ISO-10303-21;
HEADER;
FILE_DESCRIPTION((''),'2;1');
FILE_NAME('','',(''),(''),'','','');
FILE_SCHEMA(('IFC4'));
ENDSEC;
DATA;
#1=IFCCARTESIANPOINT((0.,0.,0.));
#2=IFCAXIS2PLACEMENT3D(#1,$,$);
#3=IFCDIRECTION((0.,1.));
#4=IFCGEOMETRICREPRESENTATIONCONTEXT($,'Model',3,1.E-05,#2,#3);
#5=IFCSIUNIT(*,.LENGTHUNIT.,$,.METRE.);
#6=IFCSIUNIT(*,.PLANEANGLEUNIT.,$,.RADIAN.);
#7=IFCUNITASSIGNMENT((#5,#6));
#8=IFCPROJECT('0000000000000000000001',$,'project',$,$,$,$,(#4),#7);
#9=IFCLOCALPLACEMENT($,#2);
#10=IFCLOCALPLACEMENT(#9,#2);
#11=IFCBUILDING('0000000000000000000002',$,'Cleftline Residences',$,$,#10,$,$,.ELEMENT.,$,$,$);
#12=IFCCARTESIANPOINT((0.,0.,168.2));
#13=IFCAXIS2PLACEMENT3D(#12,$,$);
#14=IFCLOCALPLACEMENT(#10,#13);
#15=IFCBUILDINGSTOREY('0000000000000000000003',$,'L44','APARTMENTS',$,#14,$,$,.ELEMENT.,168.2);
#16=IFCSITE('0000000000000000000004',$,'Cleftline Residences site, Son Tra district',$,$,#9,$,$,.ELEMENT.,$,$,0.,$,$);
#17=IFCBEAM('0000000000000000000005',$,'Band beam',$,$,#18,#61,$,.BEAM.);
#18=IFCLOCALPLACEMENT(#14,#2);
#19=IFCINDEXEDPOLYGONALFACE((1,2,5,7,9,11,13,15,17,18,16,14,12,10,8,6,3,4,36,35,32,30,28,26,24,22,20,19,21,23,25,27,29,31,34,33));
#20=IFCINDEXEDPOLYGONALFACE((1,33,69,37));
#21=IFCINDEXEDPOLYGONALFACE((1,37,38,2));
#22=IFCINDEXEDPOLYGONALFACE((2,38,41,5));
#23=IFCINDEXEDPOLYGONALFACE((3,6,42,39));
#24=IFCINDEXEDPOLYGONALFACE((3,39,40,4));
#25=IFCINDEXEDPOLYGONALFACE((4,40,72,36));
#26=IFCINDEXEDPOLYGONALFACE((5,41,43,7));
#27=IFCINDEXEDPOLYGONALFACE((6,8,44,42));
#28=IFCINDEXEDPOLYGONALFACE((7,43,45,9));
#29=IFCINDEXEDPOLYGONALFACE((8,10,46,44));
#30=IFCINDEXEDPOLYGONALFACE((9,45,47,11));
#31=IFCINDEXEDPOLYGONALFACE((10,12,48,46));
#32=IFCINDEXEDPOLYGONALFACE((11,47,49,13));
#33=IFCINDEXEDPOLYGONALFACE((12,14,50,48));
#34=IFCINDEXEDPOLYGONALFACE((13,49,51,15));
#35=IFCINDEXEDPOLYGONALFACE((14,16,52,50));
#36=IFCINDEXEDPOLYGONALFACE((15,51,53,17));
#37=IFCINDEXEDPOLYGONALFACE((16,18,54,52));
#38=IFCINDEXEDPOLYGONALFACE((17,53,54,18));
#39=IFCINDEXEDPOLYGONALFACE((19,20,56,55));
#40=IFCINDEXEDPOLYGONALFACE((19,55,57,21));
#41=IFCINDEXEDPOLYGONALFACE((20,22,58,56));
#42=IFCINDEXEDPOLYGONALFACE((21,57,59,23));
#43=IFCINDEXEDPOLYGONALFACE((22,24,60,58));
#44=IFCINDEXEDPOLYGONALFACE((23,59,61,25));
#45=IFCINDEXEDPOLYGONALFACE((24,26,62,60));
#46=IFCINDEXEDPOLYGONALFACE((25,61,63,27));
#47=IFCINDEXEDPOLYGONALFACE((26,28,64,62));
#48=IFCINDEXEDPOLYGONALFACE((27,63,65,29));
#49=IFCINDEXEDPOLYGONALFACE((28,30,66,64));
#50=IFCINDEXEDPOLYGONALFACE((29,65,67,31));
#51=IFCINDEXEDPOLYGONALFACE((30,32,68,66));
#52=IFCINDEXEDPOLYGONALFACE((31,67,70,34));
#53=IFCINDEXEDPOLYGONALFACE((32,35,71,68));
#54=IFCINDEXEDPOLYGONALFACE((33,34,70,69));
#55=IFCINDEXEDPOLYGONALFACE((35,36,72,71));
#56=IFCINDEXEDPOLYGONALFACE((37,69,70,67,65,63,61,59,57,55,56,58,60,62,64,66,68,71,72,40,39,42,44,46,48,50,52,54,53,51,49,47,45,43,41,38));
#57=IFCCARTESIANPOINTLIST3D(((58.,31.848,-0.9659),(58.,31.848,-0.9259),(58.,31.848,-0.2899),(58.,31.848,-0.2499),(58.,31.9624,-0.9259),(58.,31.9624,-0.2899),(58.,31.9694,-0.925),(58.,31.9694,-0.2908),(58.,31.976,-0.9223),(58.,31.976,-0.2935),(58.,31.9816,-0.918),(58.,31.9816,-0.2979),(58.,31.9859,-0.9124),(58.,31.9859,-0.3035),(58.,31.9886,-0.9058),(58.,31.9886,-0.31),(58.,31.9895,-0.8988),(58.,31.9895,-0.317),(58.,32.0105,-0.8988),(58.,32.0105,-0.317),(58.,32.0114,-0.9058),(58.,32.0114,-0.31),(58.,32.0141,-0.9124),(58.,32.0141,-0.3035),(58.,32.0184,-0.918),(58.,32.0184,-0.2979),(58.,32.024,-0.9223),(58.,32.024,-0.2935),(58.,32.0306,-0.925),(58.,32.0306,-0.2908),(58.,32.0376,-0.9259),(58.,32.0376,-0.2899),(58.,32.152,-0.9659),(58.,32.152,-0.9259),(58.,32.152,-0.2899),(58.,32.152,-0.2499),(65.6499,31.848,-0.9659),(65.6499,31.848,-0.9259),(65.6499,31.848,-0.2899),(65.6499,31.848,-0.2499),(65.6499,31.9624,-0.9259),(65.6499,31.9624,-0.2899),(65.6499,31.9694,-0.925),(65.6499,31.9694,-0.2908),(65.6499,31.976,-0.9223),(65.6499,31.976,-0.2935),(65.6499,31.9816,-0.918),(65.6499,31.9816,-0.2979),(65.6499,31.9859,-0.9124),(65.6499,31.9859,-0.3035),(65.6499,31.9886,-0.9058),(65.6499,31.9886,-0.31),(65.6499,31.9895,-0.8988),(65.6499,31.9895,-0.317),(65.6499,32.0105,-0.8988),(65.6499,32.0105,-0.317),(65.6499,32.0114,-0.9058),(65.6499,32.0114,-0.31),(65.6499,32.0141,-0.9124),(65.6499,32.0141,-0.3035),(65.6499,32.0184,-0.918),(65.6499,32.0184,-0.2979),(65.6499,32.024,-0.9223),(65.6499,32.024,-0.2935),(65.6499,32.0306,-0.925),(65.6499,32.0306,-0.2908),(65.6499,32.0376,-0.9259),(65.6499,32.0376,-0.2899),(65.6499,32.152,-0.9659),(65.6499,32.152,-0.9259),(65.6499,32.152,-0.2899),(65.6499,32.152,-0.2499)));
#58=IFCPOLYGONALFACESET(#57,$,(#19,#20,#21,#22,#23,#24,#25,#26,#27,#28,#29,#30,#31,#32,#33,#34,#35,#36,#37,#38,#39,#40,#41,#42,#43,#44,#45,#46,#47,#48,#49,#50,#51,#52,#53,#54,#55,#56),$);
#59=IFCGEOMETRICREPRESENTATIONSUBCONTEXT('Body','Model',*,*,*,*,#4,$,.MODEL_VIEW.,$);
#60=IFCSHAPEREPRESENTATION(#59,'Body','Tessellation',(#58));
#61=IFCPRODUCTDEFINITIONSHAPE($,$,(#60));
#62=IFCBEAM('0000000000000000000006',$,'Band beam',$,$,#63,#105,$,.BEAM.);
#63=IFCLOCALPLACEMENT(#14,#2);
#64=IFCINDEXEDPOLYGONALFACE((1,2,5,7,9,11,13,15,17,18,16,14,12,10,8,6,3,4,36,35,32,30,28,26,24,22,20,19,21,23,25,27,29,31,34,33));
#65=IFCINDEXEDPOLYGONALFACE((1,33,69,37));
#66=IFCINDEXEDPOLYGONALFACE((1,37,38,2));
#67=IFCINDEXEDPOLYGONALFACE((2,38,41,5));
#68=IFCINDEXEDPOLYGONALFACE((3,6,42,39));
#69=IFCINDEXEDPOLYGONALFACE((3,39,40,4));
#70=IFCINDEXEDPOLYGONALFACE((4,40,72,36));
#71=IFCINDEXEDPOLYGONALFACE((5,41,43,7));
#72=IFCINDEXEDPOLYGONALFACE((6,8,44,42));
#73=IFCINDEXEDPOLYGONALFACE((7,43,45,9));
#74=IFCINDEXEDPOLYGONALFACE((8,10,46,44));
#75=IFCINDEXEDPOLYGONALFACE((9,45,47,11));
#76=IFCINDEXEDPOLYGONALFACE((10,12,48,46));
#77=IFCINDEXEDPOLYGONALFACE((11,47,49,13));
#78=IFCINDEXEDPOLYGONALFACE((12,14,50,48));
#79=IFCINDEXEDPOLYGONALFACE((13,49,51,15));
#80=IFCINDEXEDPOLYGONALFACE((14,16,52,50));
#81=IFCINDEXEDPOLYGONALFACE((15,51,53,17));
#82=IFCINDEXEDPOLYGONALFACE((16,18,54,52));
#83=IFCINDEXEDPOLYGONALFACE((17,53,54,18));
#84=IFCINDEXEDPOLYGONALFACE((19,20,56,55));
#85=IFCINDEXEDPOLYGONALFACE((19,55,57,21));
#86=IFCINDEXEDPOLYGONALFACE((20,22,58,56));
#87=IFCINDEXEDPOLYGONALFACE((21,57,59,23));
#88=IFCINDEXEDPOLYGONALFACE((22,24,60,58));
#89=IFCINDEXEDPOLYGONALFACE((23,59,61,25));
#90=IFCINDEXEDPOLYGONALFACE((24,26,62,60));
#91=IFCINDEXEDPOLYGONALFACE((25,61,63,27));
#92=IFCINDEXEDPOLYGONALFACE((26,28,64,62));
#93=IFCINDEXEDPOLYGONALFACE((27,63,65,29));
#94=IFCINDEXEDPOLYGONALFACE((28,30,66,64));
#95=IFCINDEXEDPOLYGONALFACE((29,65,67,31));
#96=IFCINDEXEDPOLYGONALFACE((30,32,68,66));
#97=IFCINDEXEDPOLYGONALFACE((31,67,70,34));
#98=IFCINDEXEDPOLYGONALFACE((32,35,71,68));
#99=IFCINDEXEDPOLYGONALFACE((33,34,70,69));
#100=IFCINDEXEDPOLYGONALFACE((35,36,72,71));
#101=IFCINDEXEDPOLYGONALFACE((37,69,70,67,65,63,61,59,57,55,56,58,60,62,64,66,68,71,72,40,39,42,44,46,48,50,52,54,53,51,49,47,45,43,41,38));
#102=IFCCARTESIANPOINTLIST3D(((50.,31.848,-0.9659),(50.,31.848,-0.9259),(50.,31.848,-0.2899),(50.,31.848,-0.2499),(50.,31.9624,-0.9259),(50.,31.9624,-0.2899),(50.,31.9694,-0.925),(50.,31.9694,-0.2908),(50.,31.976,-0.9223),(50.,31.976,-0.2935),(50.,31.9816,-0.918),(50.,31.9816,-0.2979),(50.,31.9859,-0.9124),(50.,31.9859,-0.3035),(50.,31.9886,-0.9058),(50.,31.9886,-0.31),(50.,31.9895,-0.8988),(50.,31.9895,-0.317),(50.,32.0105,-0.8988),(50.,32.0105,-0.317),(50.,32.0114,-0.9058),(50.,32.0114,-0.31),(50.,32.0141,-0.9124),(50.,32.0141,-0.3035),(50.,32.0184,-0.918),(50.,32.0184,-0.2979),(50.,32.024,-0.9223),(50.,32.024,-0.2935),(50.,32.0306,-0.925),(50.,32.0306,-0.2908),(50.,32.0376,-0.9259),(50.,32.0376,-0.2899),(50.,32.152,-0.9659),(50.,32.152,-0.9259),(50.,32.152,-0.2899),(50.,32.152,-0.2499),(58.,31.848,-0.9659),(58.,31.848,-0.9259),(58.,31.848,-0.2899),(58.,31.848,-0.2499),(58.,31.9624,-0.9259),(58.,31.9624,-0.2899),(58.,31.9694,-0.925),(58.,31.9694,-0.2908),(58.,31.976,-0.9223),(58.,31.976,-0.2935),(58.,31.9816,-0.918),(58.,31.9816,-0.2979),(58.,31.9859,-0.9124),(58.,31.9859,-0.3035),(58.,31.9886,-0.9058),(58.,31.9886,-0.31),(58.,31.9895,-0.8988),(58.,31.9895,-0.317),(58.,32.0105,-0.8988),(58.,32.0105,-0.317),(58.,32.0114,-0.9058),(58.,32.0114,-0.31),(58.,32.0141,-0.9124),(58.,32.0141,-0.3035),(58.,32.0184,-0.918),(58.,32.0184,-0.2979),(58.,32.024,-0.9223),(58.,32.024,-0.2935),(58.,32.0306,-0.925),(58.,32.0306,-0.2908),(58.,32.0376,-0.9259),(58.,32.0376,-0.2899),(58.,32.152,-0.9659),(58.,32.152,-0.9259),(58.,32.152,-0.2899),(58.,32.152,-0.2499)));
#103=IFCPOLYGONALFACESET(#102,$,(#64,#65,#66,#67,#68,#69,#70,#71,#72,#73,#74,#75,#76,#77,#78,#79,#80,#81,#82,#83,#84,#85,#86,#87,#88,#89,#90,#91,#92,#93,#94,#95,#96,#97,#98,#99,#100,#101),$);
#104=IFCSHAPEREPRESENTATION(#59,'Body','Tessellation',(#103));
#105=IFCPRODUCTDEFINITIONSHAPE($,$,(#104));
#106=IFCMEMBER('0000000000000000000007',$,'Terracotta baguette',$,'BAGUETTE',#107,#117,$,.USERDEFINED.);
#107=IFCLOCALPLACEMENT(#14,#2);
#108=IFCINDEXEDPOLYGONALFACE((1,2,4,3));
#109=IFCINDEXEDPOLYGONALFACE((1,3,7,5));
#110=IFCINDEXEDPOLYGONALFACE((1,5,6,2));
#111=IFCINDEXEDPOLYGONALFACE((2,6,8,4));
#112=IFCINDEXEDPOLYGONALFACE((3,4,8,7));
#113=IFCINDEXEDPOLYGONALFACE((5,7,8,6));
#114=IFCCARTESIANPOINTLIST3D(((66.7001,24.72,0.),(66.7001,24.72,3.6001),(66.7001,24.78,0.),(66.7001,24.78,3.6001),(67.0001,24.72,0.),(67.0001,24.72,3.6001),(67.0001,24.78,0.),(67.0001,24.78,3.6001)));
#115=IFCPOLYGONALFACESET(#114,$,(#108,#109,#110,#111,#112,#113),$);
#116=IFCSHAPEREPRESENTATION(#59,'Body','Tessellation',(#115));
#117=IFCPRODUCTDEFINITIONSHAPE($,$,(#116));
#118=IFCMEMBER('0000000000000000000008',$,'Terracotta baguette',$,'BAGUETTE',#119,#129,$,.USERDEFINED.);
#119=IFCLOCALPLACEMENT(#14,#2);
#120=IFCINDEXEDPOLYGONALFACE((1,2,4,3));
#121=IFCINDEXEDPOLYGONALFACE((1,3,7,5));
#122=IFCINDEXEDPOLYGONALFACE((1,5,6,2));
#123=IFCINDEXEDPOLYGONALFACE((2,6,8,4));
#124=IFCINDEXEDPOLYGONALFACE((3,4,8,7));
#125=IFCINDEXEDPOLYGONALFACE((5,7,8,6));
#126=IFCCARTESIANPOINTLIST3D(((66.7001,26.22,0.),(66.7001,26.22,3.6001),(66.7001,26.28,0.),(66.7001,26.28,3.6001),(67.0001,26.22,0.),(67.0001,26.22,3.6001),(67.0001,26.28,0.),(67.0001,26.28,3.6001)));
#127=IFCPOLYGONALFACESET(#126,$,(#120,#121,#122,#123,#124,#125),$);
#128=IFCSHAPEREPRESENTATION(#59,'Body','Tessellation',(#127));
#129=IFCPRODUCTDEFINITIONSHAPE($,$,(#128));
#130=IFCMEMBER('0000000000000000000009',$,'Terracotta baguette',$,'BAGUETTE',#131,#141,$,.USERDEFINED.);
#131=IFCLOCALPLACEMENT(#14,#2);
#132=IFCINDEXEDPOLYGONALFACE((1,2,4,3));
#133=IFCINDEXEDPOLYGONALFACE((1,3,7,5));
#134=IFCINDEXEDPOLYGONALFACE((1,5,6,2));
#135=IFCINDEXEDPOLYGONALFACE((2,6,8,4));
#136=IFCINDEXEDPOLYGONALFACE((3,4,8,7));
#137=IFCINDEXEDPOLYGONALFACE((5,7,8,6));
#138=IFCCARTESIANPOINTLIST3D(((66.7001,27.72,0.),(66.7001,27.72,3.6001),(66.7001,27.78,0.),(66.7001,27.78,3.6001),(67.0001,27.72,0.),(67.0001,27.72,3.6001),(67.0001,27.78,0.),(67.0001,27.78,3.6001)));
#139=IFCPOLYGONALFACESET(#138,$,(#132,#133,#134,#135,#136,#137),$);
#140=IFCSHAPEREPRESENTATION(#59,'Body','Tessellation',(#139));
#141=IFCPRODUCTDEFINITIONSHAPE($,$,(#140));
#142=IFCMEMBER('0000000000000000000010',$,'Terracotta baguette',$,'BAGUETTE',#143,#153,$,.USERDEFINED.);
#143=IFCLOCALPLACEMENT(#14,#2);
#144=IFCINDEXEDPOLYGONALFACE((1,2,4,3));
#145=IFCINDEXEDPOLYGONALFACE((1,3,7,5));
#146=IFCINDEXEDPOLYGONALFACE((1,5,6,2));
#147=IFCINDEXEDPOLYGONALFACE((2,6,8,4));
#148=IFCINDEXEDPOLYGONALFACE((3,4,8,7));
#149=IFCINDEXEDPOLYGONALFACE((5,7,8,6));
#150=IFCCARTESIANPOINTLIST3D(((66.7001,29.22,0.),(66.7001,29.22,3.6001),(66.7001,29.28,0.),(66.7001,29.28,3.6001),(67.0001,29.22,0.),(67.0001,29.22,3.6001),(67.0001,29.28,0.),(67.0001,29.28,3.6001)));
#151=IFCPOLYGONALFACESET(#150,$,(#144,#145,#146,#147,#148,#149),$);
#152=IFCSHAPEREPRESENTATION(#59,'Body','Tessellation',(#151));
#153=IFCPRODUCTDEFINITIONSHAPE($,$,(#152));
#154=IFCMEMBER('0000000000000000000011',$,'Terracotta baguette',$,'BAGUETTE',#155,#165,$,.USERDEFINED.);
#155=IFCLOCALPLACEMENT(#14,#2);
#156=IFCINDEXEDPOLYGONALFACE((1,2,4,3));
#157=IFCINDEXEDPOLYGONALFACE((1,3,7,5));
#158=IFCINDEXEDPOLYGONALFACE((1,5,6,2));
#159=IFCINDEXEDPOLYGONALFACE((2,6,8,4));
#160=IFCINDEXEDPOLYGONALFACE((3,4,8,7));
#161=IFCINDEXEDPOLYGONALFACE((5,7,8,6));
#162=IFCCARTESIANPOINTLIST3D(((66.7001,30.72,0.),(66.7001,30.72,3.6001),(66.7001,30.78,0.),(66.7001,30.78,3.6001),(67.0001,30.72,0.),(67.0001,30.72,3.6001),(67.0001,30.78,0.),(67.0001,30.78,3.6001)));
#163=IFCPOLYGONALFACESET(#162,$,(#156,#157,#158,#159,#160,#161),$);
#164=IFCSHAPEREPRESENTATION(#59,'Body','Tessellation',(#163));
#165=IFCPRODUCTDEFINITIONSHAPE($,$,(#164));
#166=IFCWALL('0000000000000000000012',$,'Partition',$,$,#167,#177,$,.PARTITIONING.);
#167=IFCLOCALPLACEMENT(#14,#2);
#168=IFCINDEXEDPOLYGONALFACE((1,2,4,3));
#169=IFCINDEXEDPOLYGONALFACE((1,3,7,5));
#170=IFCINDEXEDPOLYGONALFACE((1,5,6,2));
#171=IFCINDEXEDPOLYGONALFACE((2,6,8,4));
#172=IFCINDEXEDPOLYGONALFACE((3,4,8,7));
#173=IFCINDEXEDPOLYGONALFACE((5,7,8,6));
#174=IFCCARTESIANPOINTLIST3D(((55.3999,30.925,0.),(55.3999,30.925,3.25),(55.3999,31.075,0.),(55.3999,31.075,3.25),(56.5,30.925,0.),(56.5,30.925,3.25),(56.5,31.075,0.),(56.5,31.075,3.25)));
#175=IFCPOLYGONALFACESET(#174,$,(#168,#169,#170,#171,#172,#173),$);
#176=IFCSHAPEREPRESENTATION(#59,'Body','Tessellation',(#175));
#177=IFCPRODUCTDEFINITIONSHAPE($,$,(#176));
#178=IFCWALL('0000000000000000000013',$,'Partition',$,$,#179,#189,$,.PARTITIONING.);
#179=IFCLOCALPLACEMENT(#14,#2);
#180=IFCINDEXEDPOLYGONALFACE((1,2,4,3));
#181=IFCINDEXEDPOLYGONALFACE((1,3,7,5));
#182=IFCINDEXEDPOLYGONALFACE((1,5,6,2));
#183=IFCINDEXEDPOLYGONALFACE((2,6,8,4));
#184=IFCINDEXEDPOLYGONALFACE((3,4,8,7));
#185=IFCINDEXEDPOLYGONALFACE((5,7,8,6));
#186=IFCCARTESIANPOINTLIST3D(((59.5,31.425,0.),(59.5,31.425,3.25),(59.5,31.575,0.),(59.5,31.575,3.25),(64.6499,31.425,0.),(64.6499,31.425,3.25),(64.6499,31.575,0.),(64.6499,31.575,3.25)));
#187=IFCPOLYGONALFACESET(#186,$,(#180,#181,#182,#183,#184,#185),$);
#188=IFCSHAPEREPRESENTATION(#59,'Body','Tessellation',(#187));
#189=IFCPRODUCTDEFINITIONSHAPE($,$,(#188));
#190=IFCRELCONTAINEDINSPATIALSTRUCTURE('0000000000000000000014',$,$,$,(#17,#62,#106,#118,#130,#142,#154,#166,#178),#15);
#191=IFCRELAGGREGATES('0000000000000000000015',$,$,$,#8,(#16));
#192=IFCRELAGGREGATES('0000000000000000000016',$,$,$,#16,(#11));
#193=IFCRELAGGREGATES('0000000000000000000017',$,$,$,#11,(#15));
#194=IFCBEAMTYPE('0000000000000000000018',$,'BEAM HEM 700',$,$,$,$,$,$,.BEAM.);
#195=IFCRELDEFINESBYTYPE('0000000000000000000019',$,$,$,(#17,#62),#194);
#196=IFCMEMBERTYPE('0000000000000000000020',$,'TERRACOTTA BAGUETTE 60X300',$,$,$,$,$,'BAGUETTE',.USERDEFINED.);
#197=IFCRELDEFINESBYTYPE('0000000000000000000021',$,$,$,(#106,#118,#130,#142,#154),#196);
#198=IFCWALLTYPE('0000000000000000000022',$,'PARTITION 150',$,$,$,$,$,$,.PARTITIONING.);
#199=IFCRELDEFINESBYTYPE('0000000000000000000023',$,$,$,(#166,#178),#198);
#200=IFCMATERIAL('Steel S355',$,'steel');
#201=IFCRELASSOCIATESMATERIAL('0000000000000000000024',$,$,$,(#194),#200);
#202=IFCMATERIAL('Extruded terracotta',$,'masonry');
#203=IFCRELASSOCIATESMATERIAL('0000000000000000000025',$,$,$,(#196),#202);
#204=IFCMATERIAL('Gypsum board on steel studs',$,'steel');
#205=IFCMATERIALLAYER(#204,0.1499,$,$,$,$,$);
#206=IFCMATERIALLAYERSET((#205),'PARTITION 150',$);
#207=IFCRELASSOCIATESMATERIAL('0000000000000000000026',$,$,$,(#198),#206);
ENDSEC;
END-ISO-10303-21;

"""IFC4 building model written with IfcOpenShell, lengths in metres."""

from ifc_helpers import new_model, si_unit, direction, frame, frame_2d, origin, origin_2d, place, context, subcontext, project, spatial, rectangle, i_section, extrude, material, layer, layer_set, material_profile, profile_set, type_object, element, save


model = new_model("IFC4")

# Units and contexts
model_context = context("Model", 3, precision=1e-05, world=origin(), true_north=direction((0.0, 1.0)))
body_context = subcontext(model_context, "Body", "Model", "MODEL_VIEW")
ifc_project = project(units=[si_unit("LENGTHUNIT", "METRE"), si_unit("PLANEANGLEUNIT", "RADIAN")], contexts=[model_context])

# Site, building, storey
site_placement = place(None, origin())
site = spatial("IfcSite", under=ifc_project, at=site_placement, Name="Cleftline Residences site, Son Tra district", CompositionType="ELEMENT", RefElevation=0.0)
building_placement = place(site_placement, origin())
building = spatial("IfcBuilding", under=site, at=building_placement, Name="Cleftline Residences", CompositionType="ELEMENT")
storey_placement = place(building_placement, frame((0.0, 0.0, 168.2)))
storey = spatial("IfcBuildingStorey", under=building, at=storey_placement, Name="L44", Description="APARTMENTS", CompositionType="ELEMENT", Elevation=168.2)

# Beams
ifc_material_1 = material(Name="Steel S355", Category="steel")
ifc_material_profile_1 = material_profile(ifc_material_1, i_section(OverallWidth=0.304, OverallDepth=0.7161, WebThickness=0.021, FlangeThickness=0.04, FilletRadius=0.0271, at=origin_2d()))
ifc_profile_set_1 = profile_set([ifc_material_profile_1], Name="Steel S355")
beam_type_1 = type_object("IfcBeamType", Name="BEAM HEM 700", PredefinedType="BEAM", material=ifc_profile_set_1)
beam_1_placement = place(storey_placement, frame((65.6499, 32.0, -0.6079), z_axis=(-1.0, 0.0, 0.0), x_axis=(0.0, -1.0, 0.0)))
element("IfcBeam", 1, at=beam_1_placement, inside=storey, type_object=beam_type_1, Name="Band beam", PredefinedType="BEAM", context=body_context, shape_type="SweptSolid", body=[
    extrude(i_section(OverallWidth=0.304, OverallDepth=0.7161, WebThickness=0.021, FlangeThickness=0.04, FilletRadius=0.0271, at=origin_2d()), origin(), (0.0, 0.0, 1.0), 7.6499),
])
beam_2_placement = place(storey_placement, frame((58.0, 32.0, -0.6079), z_axis=(-1.0, 0.0, 0.0), x_axis=(0.0, -1.0, 0.0)))
element("IfcBeam", 2, at=beam_2_placement, inside=storey, type_object=beam_type_1, Name="Band beam", PredefinedType="BEAM", context=body_context, shape_type="SweptSolid", body=[
    extrude(i_section(OverallWidth=0.304, OverallDepth=0.7161, WebThickness=0.021, FlangeThickness=0.04, FilletRadius=0.0271, at=origin_2d()), origin(), (0.0, 0.0, 1.0), 8.0),
])

# Members
ifc_material_2 = material(Name="Extruded terracotta", Category="masonry")
ifc_material_profile_2 = material_profile(ifc_material_2, rectangle(XDim=0.0601, YDim=0.3, at=origin_2d()))
ifc_profile_set_2 = profile_set([ifc_material_profile_2], Name="Extruded terracotta")
member_type_1 = type_object("IfcMemberType", Name="TERRACOTTA BAGUETTE 60X300", ElementType="BAGUETTE", PredefinedType="USERDEFINED", material=ifc_profile_set_2)
for number, where, z_axis, x_axis, name in (
    (3, (66.8501, 24.75, 0.0), (0.0, 0.0, 1.0), (0.0, 1.0, 0.0), "Terracotta baguette"),
    (4, (66.8501, 26.25, 0.0), (0.0, 0.0, 1.0), (0.0, 1.0, 0.0), "Terracotta baguette"),
    (5, (66.8501, 27.75, 0.0), (0.0, 0.0, 1.0), (0.0, 1.0, 0.0), "Terracotta baguette"),
    (6, (66.8501, 29.25, 0.0), (0.0, 0.0, 1.0), (0.0, 1.0, 0.0), "Terracotta baguette"),
    (7, (66.8501, 30.75, 0.0), (0.0, 0.0, 1.0), (0.0, 1.0, 0.0), "Terracotta baguette"),
):
    element("IfcMember", number, at=place(storey_placement, frame(where, z_axis=z_axis, x_axis=x_axis)), inside=storey, type_object=member_type_1, Name=name, ObjectType="BAGUETTE", PredefinedType="USERDEFINED", context=body_context, shape_type="SweptSolid", body=[
        extrude(rectangle(XDim=0.0601, YDim=0.3, at=origin_2d()), origin(), (0.0, 0.0, 1.0), 3.6001),
    ])

# Walls
ifc_material_3 = material(Name="Gypsum board on steel studs", Category="steel")
ifc_layer_1 = layer(ifc_material_3, 0.1499)
ifc_layer_set_1 = layer_set([ifc_layer_1], Name="PARTITION 150")
wall_type_1 = type_object("IfcWallType", Name="PARTITION 150", PredefinedType="PARTITIONING", material=ifc_layer_set_1)
wall_1_placement = place(storey_placement, frame((55.3999, 31.0, 0.0), z_axis=(0.0, 0.0, 1.0), x_axis=(1.0, 0.0, 0.0)))
element("IfcWall", 8, at=wall_1_placement, inside=storey, type_object=wall_type_1, Name="Partition", PredefinedType="PARTITIONING", context=body_context, shape_type="SweptSolid", body=[
    extrude(rectangle(XDim=1.1001, YDim=0.1499, at=frame_2d((0.55, 0.0))), origin(), (0.0, 0.0, 1.0), 3.25),
])
wall_2_placement = place(storey_placement, frame((59.5, 31.5, 0.0), z_axis=(0.0, 0.0, 1.0), x_axis=(1.0, 0.0, 0.0)))
element("IfcWall", 9, at=wall_2_placement, inside=storey, type_object=wall_type_1, Name="Partition", PredefinedType="PARTITIONING", context=body_context, shape_type="SweptSolid", body=[
    extrude(rectangle(XDim=5.1499, YDim=0.1499, at=frame_2d((2.575, 0.0))), origin(), (0.0, 0.0, 1.0), 3.25),
])

save(model, "model.ifc")
